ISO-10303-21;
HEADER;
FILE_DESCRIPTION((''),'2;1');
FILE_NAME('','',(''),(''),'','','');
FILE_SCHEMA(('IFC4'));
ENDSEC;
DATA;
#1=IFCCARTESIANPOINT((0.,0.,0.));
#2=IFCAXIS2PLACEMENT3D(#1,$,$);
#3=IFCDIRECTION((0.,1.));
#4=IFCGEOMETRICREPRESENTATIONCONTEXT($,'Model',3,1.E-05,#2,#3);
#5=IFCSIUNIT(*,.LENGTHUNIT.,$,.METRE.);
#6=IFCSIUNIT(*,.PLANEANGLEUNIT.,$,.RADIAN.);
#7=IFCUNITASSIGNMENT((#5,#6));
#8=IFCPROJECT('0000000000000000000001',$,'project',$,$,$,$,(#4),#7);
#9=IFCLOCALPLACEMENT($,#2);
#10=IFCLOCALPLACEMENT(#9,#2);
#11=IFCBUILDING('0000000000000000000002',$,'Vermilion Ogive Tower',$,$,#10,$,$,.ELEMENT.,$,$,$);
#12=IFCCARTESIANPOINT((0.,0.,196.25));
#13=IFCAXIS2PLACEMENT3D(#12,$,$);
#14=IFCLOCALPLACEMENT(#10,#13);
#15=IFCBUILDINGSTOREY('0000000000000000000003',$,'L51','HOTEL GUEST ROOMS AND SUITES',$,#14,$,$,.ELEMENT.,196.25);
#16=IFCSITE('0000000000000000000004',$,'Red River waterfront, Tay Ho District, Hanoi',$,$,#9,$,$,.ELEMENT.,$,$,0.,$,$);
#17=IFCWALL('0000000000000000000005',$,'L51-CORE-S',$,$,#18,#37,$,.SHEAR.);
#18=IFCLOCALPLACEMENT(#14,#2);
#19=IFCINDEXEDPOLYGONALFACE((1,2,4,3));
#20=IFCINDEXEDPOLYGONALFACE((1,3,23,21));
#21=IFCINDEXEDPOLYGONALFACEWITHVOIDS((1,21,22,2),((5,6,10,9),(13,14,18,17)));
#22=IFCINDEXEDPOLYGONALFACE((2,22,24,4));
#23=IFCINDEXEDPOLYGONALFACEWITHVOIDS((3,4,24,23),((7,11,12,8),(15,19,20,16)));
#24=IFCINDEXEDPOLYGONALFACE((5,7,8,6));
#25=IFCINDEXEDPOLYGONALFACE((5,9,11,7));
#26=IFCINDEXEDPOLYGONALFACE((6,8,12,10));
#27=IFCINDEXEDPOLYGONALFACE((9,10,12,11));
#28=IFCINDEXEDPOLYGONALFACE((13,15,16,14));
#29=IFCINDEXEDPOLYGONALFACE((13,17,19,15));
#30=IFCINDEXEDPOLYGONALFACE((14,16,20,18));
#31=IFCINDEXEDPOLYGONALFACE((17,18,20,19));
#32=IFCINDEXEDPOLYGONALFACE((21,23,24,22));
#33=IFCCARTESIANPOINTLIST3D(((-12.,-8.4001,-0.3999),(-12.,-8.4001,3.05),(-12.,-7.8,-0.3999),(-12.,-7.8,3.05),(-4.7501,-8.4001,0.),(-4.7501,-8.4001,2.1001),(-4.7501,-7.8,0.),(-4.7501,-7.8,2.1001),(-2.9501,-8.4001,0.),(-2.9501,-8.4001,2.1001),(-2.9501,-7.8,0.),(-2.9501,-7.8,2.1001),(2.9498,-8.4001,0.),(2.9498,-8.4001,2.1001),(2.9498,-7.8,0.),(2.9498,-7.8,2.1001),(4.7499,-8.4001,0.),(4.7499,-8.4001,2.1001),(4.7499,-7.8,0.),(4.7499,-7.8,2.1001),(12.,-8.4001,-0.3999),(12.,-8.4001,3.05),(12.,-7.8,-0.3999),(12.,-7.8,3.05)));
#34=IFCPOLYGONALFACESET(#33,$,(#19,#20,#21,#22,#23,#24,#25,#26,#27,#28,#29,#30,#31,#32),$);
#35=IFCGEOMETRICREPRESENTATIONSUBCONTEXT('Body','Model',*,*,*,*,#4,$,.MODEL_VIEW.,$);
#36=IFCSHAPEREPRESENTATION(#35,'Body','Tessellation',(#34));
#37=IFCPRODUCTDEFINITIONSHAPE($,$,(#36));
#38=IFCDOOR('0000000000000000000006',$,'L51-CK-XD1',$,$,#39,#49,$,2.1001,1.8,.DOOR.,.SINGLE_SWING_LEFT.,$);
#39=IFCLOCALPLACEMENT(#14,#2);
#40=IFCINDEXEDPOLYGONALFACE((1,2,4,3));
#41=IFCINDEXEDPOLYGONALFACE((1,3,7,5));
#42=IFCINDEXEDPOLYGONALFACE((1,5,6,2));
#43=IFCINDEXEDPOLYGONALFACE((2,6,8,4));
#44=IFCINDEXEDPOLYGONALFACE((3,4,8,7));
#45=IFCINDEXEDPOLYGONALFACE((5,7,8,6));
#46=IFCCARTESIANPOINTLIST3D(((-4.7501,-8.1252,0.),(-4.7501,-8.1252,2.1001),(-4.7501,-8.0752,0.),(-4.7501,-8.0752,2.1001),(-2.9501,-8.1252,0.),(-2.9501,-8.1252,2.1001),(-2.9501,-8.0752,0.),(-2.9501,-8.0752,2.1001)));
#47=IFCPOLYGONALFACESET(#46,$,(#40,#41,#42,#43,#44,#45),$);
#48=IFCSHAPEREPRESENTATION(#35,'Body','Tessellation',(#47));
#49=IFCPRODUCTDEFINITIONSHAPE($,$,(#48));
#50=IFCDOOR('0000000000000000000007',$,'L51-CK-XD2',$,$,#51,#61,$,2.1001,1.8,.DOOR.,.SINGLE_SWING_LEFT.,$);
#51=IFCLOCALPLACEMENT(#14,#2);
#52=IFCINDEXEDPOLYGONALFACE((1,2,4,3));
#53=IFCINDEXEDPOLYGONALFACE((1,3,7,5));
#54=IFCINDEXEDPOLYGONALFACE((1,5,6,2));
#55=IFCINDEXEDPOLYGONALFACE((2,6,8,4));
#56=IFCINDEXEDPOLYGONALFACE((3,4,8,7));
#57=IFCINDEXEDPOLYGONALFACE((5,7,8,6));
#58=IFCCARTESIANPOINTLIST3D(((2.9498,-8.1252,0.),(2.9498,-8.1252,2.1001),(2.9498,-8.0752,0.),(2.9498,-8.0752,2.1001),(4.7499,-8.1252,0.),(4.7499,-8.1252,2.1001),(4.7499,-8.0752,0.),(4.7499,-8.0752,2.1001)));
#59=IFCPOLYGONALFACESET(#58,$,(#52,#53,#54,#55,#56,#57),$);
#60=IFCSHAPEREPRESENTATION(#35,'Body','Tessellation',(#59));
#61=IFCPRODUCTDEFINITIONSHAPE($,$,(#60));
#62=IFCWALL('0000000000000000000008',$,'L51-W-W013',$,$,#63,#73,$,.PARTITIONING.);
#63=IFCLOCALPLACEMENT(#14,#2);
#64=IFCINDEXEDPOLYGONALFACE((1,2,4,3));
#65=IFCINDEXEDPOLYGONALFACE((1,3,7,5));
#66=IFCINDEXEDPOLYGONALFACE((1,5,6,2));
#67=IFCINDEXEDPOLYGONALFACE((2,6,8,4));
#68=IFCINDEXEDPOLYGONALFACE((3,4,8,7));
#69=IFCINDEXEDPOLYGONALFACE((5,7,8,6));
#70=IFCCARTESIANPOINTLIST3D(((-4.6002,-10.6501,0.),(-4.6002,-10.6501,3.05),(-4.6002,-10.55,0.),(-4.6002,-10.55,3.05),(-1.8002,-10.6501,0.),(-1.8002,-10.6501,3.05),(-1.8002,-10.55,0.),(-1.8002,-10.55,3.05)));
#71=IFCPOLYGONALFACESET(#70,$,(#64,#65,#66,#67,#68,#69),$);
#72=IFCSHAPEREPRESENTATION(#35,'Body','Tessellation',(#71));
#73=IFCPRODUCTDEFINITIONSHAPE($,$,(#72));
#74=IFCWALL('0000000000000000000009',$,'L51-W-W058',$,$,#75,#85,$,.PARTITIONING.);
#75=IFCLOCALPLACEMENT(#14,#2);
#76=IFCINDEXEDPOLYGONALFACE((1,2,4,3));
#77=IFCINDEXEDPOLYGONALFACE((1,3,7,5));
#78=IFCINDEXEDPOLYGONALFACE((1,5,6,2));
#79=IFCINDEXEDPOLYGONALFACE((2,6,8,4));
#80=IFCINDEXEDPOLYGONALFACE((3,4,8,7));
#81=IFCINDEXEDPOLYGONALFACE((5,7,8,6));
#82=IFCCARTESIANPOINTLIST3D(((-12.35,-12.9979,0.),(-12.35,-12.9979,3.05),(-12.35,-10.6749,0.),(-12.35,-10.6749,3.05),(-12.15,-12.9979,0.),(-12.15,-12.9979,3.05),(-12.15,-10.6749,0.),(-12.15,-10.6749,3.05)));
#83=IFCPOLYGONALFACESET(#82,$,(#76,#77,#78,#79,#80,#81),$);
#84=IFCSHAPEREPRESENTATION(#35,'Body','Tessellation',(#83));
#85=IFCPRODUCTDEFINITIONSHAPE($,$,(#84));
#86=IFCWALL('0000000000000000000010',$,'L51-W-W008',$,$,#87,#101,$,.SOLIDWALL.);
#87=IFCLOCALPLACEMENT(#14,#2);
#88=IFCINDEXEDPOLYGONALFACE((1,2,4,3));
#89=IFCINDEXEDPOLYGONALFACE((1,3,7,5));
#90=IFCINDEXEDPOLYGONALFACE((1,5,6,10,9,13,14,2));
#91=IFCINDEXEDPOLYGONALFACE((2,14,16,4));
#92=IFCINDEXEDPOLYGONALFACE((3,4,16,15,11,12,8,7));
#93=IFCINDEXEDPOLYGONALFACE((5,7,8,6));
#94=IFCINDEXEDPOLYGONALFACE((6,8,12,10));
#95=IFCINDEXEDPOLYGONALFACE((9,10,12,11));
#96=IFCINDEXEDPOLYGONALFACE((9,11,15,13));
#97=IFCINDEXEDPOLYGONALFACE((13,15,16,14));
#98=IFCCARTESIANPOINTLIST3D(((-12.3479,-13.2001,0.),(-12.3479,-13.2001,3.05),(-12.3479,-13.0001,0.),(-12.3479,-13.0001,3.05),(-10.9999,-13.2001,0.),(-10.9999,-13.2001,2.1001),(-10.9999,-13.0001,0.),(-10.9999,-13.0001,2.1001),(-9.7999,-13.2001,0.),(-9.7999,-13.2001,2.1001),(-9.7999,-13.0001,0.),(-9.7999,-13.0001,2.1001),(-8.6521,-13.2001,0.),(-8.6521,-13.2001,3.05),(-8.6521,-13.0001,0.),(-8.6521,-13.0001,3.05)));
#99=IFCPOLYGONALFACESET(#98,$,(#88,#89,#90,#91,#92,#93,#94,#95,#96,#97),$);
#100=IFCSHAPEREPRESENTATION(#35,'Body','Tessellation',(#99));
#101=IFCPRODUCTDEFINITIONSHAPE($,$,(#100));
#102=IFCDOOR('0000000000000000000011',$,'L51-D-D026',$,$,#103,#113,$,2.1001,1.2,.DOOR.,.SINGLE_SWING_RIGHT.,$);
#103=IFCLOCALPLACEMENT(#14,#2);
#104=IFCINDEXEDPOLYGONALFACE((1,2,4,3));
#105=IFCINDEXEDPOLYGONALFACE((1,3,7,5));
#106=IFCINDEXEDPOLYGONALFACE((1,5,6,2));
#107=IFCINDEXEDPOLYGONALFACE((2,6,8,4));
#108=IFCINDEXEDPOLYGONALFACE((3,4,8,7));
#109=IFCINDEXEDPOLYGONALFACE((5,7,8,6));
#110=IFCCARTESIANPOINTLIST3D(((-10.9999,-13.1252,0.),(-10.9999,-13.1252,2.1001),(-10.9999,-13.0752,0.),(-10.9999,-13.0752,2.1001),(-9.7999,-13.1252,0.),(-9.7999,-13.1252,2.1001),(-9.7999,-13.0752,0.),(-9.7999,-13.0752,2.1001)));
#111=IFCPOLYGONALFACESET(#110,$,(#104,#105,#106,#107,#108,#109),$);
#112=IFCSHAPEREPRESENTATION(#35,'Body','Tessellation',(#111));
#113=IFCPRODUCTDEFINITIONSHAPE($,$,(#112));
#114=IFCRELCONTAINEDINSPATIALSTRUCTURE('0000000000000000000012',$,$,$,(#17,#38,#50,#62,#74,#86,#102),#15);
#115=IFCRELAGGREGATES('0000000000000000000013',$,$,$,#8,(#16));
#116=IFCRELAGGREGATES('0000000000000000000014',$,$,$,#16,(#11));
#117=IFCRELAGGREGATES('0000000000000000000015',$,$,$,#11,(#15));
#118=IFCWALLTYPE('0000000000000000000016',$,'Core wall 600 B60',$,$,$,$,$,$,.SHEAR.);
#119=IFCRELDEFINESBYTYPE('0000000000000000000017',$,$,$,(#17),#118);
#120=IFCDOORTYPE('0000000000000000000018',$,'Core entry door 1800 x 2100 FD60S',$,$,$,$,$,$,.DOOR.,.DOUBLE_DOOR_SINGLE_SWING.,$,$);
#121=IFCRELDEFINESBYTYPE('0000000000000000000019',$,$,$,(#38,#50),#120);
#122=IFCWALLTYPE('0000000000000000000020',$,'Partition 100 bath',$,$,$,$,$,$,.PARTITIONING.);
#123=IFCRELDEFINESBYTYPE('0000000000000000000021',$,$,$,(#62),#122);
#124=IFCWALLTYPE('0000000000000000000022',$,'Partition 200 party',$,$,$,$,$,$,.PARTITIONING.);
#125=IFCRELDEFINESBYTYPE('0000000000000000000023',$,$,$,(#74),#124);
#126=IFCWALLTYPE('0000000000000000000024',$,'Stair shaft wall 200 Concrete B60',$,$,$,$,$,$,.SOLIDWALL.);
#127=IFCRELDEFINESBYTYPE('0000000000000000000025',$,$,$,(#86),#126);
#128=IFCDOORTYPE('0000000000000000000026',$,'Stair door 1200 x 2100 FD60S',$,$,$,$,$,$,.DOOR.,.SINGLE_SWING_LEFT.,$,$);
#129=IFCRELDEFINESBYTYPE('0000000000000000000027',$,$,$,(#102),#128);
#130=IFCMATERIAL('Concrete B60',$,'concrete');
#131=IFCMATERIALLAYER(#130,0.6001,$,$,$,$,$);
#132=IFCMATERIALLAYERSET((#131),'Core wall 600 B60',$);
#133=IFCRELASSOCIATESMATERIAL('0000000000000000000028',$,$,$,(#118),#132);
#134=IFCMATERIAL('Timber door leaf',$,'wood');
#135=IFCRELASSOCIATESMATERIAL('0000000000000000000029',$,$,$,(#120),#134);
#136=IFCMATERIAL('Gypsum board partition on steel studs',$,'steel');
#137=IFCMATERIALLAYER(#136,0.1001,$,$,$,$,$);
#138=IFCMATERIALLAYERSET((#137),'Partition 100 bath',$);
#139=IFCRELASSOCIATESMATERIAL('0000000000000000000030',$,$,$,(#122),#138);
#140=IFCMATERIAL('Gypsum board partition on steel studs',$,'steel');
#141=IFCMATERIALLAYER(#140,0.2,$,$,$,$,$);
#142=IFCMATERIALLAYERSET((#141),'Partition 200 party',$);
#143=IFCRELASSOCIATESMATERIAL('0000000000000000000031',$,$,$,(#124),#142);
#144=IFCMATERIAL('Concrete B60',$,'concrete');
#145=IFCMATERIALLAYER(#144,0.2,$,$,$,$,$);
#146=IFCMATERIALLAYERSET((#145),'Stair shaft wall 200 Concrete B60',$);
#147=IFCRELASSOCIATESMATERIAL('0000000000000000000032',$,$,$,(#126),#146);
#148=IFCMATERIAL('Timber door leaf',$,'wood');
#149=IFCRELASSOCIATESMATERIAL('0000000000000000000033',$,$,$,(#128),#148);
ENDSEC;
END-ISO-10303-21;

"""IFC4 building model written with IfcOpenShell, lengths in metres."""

from ifc_helpers import new_model, si_unit, direction, frame, frame_2d, origin, place, context, subcontext, project, spatial, rectangle, extrude, material, layer, layer_set, type_object, element, fill, save


model = new_model("IFC4")

# Units and contexts
model_context = context("Model", 3, precision=1e-05, world=origin(), true_north=direction((0.0, 1.0)))
body_context = subcontext(model_context, "Body", "Model", "MODEL_VIEW")
ifc_project = project(units=[si_unit("LENGTHUNIT", "METRE"), si_unit("PLANEANGLEUNIT", "RADIAN")], contexts=[model_context])

# Site, building, storey
site_placement = place(None, origin())
site = spatial("IfcSite", under=ifc_project, at=site_placement, Name="Red River waterfront, Tay Ho District, Hanoi", CompositionType="ELEMENT", RefElevation=0.0)
building_placement = place(site_placement, origin())
building = spatial("IfcBuilding", under=site, at=building_placement, Name="Vermilion Ogive Tower", CompositionType="ELEMENT")
storey_placement = place(building_placement, frame((0.0, 0.0, 196.25)))
storey = spatial("IfcBuildingStorey", under=building, at=storey_placement, Name="L51", Description="HOTEL GUEST ROOMS AND SUITES", CompositionType="ELEMENT", Elevation=196.25)

# Wall, openings, doors
ifc_material_1 = material(Name="Concrete B60", Category="concrete")
ifc_layer_1 = layer(ifc_material_1, 0.6001)
ifc_layer_set_1 = layer_set([ifc_layer_1], Name="Core wall 600 B60")
wall_type_1 = type_object("IfcWallType", Name="Core wall 600 B60", PredefinedType="SHEAR", material=ifc_layer_set_1)
wall_1_placement = place(storey_placement, frame((-12.0, -8.1001, -0.3999), z_axis=(0.0, 0.0, 1.0), x_axis=(1.0, 0.0, 0.0)))
wall_1 = element("IfcWall", 1, at=wall_1_placement, inside=storey, type_object=wall_type_1, Name="L51-CORE-S", PredefinedType="SHEAR", context=body_context, shape_type="SweptSolid", body=[
    extrude(rectangle(XDim=24.0, YDim=0.6001, at=frame_2d((12.0, 0.0))), origin(), (0.0, 0.0, 1.0), 3.45),
])
opening_1_placement = place(wall_1_placement, frame((7.25, 0.0, 0.3999)))
opening_1 = element("IfcOpeningElement", 2, at=opening_1_placement, cuts=wall_1, PredefinedType="OPENING", context=body_context, shape_type="SweptSolid", body=[
    extrude(rectangle(XDim=1.8, YDim=2.1001, at=frame_2d((0.8999, 1.05))), frame((0.0, 0.3101, 0.0), z_axis=(0.0, -1.0, 0.0), x_axis=(1.0, 0.0, 0.0)), (0.0, 0.0, 1.0), 0.6201),
])
opening_2_placement = place(wall_1_placement, frame((14.95, 0.0, 0.3999)))
opening_2 = element("IfcOpeningElement", 3, at=opening_2_placement, cuts=wall_1, PredefinedType="OPENING", context=body_context, shape_type="SweptSolid", body=[
    extrude(rectangle(XDim=1.8, YDim=2.1001, at=frame_2d((0.8999, 1.05))), frame((0.0, 0.3101, 0.0), z_axis=(0.0, -1.0, 0.0), x_axis=(1.0, 0.0, 0.0)), (0.0, 0.0, 1.0), 0.6201),
])
ifc_material_2 = material(Name="Timber door leaf", Category="wood")
door_type_1 = type_object("IfcDoorType", Name="Core entry door 1800 x 2100 FD60S", OperationType="DOUBLE_DOOR_SINGLE_SWING", PredefinedType="DOOR", material=ifc_material_2)
door_1_placement = place(opening_1_placement, origin())
door_1 = element("IfcDoor", 4, at=door_1_placement, inside=storey, type_object=door_type_1, Name="L51-CK-XD1", OperationType="SINGLE_SWING_LEFT", OverallHeight=2.1001, OverallWidth=1.8, PredefinedType="DOOR", context=body_context, shape_type="SweptSolid", body=[
    extrude(rectangle(XDim=1.8, YDim=2.1001, at=frame_2d((0.8999, 1.05))), frame((0.0, 0.0249, 0.0), z_axis=(0.0, -1.0, 0.0), x_axis=(1.0, 0.0, 0.0)), (0.0, 0.0, 1.0), 0.05),
])
fill(opening_1, door_1)
door_2_placement = place(opening_2_placement, origin())
door_2 = element("IfcDoor", 5, at=door_2_placement, inside=storey, type_object=door_type_1, Name="L51-CK-XD2", OperationType="SINGLE_SWING_LEFT", OverallHeight=2.1001, OverallWidth=1.8, PredefinedType="DOOR", context=body_context, shape_type="SweptSolid", body=[
    extrude(rectangle(XDim=1.8, YDim=2.1001, at=frame_2d((0.8999, 1.05))), frame((0.0, 0.0249, 0.0), z_axis=(0.0, -1.0, 0.0), x_axis=(1.0, 0.0, 0.0)), (0.0, 0.0, 1.0), 0.05),
])
fill(opening_2, door_2)

# Walls
ifc_material_3 = material(Name="Gypsum board partition on steel studs", Category="steel")
ifc_layer_2 = layer(ifc_material_3, 0.1001)
ifc_layer_set_2 = layer_set([ifc_layer_2], Name="Partition 100 bath")
wall_type_2 = type_object("IfcWallType", Name="Partition 100 bath", PredefinedType="PARTITIONING", material=ifc_layer_set_2)
wall_2_placement = place(storey_placement, frame((-4.6001, -10.6001, 0.0), z_axis=(0.0, 0.0, 1.0), x_axis=(1.0, 0.0, 0.0)))
element("IfcWall", 6, at=wall_2_placement, inside=storey, type_object=wall_type_2, Name="L51-W-W013", PredefinedType="PARTITIONING", context=body_context, shape_type="SweptSolid", body=[
    extrude(rectangle(XDim=2.8, YDim=0.1001, at=frame_2d((1.3999, 0.0))), origin(), (0.0, 0.0, 1.0), 3.05),
])
ifc_material_4 = material(Name="Gypsum board partition on steel studs", Category="steel")
ifc_layer_3 = layer(ifc_material_4, 0.2)
ifc_layer_set_3 = layer_set([ifc_layer_3], Name="Partition 200 party")
wall_type_3 = type_object("IfcWallType", Name="Partition 200 party", PredefinedType="PARTITIONING", material=ifc_layer_set_3)
wall_3_placement = place(storey_placement, frame((-12.25, -12.998, 0.0), z_axis=(0.0, 0.0, 1.0), x_axis=(0.0, 1.0, 0.0)))
element("IfcWall", 7, at=wall_3_placement, inside=storey, type_object=wall_type_3, Name="L51-W-W058", PredefinedType="PARTITIONING", context=body_context, shape_type="SweptSolid", body=[
    extrude(rectangle(XDim=2.323, YDim=0.2, at=frame_2d((1.1616, 0.0))), origin(), (0.0, 0.0, 1.0), 3.05),
])

# Wall, opening, door
ifc_material_5 = material(Name="Concrete B60", Category="concrete")
ifc_layer_4 = layer(ifc_material_5, 0.2)
ifc_layer_set_4 = layer_set([ifc_layer_4], Name="Stair shaft wall 200 Concrete B60")
wall_type_4 = type_object("IfcWallType", Name="Stair shaft wall 200 Concrete B60", PredefinedType="SOLIDWALL", material=ifc_layer_set_4)
wall_4_placement = place(storey_placement, frame((-12.3479, -13.1001, 0.0), z_axis=(0.0, 0.0, 1.0), x_axis=(1.0, 0.0, 0.0)))
wall_4 = element("IfcWall", 8, at=wall_4_placement, inside=storey, type_object=wall_type_4, Name="L51-W-W008", PredefinedType="SOLIDWALL", context=body_context, shape_type="SweptSolid", body=[
    extrude(rectangle(XDim=3.6958, YDim=0.2, at=frame_2d((1.8479, 0.0))), origin(), (0.0, 0.0, 1.0), 3.05),
])
opening_3_placement = place(wall_4_placement, frame((1.3479, 0.0, 0.0)))
opening_3 = element("IfcOpeningElement", 9, at=opening_3_placement, cuts=wall_4, PredefinedType="OPENING", context=body_context, shape_type="SweptSolid", body=[
    extrude(rectangle(XDim=1.2, YDim=2.1001, at=frame_2d((0.6001, 1.05))), frame((0.0, 0.1099, 0.0), z_axis=(0.0, -1.0, 0.0), x_axis=(1.0, 0.0, 0.0)), (0.0, 0.0, 1.0), 0.22),
])
ifc_material_6 = material(Name="Timber door leaf", Category="wood")
door_type_2 = type_object("IfcDoorType", Name="Stair door 1200 x 2100 FD60S", OperationType="SINGLE_SWING_LEFT", PredefinedType="DOOR", material=ifc_material_6)
door_3_placement = place(opening_3_placement, origin())
door_3 = element("IfcDoor", 10, at=door_3_placement, inside=storey, type_object=door_type_2, Name="L51-D-D026", OperationType="SINGLE_SWING_RIGHT", OverallHeight=2.1001, OverallWidth=1.2, PredefinedType="DOOR", context=body_context, shape_type="SweptSolid", body=[
    extrude(rectangle(XDim=1.2, YDim=2.1001, at=frame_2d((0.6001, 1.05))), frame((0.0, 0.0249, 0.0), z_axis=(0.0, -1.0, 0.0), x_axis=(1.0, 0.0, 0.0)), (0.0, 0.0, 1.0), 0.05),
])
fill(opening_3, door_3)

save(model, "model.ifc")
